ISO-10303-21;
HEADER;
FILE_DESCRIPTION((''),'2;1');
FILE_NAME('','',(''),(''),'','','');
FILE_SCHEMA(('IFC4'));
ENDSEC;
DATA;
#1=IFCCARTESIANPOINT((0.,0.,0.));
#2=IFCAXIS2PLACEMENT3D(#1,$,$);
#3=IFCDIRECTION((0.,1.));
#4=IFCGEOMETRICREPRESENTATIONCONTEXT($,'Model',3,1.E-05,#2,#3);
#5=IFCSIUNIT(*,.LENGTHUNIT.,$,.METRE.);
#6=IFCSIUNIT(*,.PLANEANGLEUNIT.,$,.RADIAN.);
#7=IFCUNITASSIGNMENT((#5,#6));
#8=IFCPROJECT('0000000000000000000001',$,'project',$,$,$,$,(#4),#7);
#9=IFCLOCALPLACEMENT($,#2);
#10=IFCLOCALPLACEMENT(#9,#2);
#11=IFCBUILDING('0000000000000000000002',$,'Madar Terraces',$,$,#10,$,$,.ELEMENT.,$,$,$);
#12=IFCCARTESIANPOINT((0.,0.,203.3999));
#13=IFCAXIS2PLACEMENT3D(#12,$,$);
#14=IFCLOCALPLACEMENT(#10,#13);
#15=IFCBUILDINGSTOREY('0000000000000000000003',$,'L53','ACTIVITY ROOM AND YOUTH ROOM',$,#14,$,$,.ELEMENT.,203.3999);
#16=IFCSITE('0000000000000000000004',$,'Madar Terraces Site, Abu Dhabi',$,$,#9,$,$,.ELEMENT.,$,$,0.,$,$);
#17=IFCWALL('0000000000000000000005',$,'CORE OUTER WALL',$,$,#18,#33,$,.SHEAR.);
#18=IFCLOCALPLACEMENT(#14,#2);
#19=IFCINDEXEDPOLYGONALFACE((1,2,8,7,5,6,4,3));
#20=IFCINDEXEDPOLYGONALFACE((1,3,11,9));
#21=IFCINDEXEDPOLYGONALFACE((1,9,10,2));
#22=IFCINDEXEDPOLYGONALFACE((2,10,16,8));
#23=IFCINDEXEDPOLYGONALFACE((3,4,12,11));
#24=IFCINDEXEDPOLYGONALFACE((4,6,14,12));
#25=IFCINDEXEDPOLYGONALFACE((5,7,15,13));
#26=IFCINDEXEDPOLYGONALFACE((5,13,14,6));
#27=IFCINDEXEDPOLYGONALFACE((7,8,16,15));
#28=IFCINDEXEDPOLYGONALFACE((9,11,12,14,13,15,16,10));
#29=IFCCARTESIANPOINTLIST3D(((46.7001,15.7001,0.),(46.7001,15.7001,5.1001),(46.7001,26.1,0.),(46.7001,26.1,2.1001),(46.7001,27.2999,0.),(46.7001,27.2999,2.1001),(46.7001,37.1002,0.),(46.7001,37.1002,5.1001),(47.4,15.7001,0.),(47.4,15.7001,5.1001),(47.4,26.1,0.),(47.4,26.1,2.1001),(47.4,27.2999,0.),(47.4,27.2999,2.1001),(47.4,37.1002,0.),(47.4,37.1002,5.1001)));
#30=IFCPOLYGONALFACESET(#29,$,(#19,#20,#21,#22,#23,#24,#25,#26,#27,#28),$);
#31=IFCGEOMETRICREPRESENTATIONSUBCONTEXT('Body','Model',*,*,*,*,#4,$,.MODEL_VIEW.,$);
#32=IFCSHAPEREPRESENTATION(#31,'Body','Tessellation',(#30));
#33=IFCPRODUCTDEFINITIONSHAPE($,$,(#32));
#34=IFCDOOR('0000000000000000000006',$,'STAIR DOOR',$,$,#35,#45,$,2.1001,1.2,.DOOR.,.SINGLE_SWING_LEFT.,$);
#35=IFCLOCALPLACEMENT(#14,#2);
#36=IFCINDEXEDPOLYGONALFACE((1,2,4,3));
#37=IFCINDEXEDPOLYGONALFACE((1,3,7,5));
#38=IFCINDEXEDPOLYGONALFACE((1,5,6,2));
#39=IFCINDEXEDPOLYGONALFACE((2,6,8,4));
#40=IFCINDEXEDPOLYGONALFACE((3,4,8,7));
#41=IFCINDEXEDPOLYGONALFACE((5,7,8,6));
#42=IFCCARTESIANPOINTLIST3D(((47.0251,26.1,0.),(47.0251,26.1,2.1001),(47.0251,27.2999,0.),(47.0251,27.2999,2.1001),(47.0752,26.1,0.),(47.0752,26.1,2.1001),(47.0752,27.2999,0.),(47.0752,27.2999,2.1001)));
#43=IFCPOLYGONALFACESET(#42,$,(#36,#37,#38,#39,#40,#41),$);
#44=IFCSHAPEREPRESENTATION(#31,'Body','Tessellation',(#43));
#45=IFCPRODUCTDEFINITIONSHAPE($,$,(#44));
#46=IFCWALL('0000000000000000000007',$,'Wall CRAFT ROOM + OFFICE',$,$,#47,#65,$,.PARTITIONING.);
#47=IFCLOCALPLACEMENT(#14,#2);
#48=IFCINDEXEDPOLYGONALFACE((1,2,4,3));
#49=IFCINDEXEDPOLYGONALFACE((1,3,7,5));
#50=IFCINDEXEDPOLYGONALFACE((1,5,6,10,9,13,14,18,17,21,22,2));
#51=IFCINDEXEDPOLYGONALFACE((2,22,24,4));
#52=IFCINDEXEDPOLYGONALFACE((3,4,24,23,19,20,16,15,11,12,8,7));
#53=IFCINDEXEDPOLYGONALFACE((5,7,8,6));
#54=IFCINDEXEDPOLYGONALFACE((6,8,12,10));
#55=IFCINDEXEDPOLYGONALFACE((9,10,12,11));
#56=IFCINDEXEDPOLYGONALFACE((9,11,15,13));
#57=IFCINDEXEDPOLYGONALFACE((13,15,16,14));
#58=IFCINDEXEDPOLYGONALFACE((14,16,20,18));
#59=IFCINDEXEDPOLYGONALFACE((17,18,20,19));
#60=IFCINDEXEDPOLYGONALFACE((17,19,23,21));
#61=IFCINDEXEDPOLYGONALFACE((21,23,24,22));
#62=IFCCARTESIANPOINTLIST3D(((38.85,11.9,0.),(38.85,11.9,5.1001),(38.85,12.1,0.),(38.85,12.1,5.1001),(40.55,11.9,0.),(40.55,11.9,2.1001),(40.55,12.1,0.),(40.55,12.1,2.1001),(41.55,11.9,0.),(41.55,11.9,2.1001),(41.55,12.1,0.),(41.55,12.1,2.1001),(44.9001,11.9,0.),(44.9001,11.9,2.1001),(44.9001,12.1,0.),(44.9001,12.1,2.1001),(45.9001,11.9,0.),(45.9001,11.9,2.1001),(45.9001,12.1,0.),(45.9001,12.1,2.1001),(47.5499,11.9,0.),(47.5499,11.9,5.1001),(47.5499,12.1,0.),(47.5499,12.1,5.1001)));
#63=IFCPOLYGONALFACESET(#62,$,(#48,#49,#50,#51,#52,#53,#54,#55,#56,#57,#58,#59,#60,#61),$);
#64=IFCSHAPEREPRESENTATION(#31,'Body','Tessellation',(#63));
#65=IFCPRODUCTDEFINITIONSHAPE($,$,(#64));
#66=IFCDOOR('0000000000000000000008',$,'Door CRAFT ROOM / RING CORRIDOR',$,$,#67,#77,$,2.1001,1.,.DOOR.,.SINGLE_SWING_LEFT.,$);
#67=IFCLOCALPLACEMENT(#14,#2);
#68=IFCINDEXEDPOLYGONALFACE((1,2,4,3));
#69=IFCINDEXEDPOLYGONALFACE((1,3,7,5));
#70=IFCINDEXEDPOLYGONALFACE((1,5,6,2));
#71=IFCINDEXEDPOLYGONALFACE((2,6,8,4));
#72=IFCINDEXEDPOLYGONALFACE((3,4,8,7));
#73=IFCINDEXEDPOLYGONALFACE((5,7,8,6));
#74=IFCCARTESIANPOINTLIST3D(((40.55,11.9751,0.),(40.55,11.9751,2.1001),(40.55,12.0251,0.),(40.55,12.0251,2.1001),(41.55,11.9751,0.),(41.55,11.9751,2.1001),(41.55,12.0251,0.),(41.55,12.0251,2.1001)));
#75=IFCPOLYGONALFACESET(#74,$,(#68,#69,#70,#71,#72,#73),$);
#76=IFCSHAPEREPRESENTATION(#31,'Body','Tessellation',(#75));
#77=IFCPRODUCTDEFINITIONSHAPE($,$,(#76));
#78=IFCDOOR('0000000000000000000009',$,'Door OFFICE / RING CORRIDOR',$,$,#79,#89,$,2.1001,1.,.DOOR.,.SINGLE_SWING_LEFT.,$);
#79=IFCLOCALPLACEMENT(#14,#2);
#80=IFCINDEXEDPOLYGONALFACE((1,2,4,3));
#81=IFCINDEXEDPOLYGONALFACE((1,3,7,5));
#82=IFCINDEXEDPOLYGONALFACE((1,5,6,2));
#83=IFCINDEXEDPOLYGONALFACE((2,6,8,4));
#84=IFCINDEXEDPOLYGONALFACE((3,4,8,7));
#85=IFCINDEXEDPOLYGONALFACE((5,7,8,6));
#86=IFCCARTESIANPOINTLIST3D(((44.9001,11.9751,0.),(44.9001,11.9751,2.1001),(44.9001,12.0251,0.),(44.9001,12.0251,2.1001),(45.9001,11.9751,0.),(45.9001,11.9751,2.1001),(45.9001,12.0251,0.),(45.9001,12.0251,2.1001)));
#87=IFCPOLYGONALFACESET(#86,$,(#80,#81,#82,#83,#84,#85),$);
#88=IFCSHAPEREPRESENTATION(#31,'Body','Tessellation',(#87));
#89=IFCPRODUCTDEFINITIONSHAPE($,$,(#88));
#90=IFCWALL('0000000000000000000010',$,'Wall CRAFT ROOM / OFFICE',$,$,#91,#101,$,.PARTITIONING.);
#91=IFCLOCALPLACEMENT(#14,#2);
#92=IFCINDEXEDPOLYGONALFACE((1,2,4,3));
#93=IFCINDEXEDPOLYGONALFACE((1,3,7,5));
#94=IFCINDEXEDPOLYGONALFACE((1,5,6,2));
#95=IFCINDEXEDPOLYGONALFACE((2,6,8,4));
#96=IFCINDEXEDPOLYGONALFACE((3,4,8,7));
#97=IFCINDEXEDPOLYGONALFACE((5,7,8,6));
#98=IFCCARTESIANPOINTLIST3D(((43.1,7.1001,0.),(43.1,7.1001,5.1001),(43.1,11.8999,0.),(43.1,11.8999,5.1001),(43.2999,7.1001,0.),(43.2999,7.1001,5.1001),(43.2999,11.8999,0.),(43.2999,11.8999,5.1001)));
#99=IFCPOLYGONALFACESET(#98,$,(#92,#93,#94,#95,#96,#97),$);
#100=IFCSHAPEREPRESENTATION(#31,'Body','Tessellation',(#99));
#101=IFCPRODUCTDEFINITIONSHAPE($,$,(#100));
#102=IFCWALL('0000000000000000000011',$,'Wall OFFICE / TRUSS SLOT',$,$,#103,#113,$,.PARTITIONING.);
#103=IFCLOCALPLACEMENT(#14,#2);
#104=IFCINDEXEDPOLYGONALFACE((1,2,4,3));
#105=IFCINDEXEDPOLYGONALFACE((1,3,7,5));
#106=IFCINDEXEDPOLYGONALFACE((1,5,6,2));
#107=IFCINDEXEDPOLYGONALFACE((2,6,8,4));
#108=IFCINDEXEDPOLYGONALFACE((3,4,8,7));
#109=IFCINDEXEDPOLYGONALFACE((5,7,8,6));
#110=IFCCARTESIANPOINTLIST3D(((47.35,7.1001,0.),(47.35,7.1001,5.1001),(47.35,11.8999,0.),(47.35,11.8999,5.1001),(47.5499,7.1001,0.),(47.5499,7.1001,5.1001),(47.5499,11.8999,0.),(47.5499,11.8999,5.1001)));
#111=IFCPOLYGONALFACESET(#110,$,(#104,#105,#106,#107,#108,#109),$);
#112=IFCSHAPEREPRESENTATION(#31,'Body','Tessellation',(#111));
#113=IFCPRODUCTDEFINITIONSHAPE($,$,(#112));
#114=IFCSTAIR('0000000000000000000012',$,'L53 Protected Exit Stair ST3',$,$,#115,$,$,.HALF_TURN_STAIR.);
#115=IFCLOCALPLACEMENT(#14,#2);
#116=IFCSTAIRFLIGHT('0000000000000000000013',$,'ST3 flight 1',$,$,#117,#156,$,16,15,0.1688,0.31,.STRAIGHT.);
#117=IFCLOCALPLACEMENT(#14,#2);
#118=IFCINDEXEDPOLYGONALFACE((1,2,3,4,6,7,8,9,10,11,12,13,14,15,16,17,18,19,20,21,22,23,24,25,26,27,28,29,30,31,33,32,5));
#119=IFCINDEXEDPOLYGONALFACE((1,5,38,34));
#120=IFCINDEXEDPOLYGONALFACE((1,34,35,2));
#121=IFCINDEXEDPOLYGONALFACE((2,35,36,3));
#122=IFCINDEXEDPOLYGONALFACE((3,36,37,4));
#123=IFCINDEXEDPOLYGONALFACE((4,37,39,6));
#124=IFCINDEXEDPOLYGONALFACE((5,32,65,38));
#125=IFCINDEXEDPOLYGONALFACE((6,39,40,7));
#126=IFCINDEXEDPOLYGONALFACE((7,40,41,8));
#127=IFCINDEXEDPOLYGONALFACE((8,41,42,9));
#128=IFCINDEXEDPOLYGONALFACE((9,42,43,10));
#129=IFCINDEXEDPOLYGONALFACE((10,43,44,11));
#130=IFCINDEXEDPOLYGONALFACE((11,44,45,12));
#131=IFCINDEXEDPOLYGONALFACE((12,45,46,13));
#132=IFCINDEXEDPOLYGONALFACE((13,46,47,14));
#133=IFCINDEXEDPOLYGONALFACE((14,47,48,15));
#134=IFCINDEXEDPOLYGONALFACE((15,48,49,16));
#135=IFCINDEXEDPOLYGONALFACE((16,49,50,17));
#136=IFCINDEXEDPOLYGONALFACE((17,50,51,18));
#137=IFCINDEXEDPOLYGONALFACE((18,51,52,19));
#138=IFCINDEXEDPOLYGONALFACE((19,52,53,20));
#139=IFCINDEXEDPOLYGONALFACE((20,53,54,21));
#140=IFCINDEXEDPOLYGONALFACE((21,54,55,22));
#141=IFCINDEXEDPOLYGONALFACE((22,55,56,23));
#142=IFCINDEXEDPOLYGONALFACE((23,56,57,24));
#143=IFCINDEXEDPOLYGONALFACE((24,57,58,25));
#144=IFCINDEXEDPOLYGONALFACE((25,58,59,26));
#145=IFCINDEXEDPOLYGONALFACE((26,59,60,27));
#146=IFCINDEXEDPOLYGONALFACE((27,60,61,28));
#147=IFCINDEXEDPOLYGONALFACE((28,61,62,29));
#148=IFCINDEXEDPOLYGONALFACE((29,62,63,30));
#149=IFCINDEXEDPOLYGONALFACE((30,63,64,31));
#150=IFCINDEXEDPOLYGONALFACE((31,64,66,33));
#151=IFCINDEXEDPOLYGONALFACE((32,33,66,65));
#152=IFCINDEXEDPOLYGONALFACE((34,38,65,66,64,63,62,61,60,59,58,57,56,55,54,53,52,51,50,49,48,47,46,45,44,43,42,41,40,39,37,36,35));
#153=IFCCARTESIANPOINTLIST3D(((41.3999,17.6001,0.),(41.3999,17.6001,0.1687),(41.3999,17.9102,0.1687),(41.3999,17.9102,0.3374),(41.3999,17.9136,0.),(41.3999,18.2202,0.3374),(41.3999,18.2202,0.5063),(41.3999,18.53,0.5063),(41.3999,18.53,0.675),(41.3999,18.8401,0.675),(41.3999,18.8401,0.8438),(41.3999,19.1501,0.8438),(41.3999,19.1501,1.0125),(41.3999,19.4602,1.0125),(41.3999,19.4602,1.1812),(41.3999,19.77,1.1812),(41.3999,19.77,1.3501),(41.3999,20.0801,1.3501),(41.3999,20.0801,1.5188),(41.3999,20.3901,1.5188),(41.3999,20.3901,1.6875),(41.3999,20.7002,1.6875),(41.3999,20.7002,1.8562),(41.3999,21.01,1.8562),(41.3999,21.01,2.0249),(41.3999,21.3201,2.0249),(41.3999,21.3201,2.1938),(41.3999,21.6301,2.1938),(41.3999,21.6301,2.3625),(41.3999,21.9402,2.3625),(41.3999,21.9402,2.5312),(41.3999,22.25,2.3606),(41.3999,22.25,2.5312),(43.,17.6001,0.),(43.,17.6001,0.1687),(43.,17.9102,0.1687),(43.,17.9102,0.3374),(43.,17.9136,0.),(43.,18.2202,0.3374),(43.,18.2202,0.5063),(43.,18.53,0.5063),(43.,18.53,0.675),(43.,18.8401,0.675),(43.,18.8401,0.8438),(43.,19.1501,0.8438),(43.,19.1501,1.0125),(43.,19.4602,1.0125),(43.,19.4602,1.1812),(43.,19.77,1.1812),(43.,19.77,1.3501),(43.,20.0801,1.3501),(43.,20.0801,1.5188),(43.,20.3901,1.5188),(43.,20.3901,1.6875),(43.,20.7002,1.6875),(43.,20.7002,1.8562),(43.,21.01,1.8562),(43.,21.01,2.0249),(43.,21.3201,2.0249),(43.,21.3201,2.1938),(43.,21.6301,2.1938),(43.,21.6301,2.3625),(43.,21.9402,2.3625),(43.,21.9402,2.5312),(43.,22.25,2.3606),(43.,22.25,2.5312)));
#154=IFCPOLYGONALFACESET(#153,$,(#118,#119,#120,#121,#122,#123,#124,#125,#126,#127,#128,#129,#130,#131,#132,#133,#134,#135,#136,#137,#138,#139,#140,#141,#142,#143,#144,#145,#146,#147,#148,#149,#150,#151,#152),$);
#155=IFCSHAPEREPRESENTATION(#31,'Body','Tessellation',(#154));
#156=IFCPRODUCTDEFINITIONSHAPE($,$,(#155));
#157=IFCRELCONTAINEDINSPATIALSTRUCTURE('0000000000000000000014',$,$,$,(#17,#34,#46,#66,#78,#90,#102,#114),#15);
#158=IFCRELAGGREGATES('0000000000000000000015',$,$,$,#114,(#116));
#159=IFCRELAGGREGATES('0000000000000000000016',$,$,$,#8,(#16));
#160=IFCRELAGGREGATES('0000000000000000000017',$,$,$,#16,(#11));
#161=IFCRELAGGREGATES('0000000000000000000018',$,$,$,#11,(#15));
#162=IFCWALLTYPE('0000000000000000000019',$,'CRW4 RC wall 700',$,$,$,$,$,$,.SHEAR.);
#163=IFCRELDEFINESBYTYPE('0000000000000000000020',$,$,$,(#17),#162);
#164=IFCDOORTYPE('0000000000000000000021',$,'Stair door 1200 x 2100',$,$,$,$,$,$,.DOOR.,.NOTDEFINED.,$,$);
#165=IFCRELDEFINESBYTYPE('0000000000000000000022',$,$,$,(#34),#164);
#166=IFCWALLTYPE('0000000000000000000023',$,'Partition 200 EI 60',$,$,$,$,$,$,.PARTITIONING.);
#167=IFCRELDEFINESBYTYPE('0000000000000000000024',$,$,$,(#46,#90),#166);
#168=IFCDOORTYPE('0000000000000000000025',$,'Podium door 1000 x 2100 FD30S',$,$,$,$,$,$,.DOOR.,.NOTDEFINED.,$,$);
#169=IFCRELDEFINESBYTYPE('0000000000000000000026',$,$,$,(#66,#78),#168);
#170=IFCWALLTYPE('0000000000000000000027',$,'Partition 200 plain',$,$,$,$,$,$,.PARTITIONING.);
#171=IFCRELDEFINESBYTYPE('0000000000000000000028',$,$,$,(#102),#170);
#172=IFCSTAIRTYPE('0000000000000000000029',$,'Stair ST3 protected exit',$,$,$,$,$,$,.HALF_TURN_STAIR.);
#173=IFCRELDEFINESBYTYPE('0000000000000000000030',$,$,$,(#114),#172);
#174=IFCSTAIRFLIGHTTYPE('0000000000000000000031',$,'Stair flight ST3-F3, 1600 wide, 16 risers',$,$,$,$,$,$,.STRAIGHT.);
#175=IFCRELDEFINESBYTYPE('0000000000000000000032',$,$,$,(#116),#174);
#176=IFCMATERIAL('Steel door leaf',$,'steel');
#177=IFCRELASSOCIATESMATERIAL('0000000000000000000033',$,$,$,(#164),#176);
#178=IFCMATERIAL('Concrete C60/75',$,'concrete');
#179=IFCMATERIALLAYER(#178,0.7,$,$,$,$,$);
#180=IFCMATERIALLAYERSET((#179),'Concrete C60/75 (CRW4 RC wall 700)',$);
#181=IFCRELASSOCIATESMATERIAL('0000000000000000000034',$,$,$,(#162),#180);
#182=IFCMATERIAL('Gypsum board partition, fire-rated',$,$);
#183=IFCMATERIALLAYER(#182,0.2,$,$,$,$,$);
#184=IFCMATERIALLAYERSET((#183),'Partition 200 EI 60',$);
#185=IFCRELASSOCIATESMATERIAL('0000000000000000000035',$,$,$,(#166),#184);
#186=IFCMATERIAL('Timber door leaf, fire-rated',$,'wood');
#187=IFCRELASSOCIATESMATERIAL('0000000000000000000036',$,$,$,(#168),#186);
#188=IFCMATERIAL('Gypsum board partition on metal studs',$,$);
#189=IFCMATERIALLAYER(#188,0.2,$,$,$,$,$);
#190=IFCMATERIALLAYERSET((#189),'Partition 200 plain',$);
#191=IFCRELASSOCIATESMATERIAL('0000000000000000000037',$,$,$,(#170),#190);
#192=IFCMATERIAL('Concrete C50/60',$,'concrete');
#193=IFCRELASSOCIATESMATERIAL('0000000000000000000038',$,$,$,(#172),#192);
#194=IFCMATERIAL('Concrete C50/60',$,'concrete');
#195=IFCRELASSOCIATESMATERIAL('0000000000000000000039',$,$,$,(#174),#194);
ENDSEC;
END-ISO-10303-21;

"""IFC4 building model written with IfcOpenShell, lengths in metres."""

from ifc_helpers import new_model, si_unit, direction, frame, frame_2d, origin, place, context, subcontext, project, spatial, polyline, rectangle, outline, extrude, material, layer, layer_set, type_object, element, fill, aggregate, save


model = new_model("IFC4")

# Units and contexts
model_context = context("Model", 3, precision=1e-05, world=origin(), true_north=direction((0.0, 1.0)))
body_context = subcontext(model_context, "Body", "Model", "MODEL_VIEW")
ifc_project = project(units=[si_unit("LENGTHUNIT", "METRE"), si_unit("PLANEANGLEUNIT", "RADIAN")], contexts=[model_context])

# Site, building, storey
site_placement = place(None, origin())
site = spatial("IfcSite", under=ifc_project, at=site_placement, Name="Madar Terraces Site, Abu Dhabi", CompositionType="ELEMENT", RefElevation=0.0)
building_placement = place(site_placement, origin())
building = spatial("IfcBuilding", under=site, at=building_placement, Name="Madar Terraces", CompositionType="ELEMENT")
storey_placement = place(building_placement, frame((0.0, 0.0, 203.3999)))
storey = spatial("IfcBuildingStorey", under=building, at=storey_placement, Name="L53", Description="ACTIVITY ROOM AND YOUTH ROOM", CompositionType="ELEMENT", Elevation=203.3999)

# Wall, opening, door
ifc_material_1 = material(Name="Steel door leaf", Category="steel")
door_type_1 = type_object("IfcDoorType", Name="Stair door 1200 x 2100", OperationType="NOTDEFINED", PredefinedType="DOOR", material=ifc_material_1)
ifc_material_2 = material(Name="Concrete C60/75", Category="concrete")
ifc_layer_1 = layer(ifc_material_2, 0.7)
ifc_layer_set_1 = layer_set([ifc_layer_1], Name="Concrete C60/75 (CRW4 RC wall 700)")
wall_type_1 = type_object("IfcWallType", Name="CRW4 RC wall 700", PredefinedType="SHEAR", material=ifc_layer_set_1)
wall_1_placement = place(storey_placement, frame((47.05, 15.7, 0.0), z_axis=(0.0, 0.0, 1.0), x_axis=(0.0, 1.0, 0.0)))
wall_1 = element("IfcWall", 1, at=wall_1_placement, inside=storey, type_object=wall_type_1, Name="CORE OUTER WALL", PredefinedType="SHEAR", context=body_context, shape_type="SweptSolid", body=[
    extrude(rectangle(XDim=21.4001, YDim=0.7, at=frame_2d((10.7002, 0.0))), origin(), (0.0, 0.0, 1.0), 5.1001),
])
opening_1_placement = place(wall_1_placement, frame((10.3999, 0.0, 0.0)))
opening_1 = element("IfcOpeningElement", 2, at=opening_1_placement, cuts=wall_1, PredefinedType="OPENING", context=body_context, shape_type="SweptSolid", body=[
    extrude(rectangle(XDim=1.2, YDim=2.1001, at=frame_2d((0.6001, 1.05))), frame((0.0, 0.3599, 0.0), z_axis=(0.0, -1.0, 0.0), x_axis=(1.0, 0.0, 0.0)), (0.0, 0.0, 1.0), 0.72),
])
door_1_placement = place(opening_1_placement, origin())
door_1 = element("IfcDoor", 3, at=door_1_placement, inside=storey, type_object=door_type_1, Name="STAIR DOOR", OperationType="SINGLE_SWING_LEFT", OverallHeight=2.1001, OverallWidth=1.2, PredefinedType="DOOR", context=body_context, shape_type="SweptSolid", body=[
    extrude(rectangle(XDim=1.2, YDim=2.1001, at=frame_2d((0.6001, 1.05))), frame((0.0, 0.0249, 0.0), z_axis=(0.0, -1.0, 0.0), x_axis=(1.0, 0.0, 0.0)), (0.0, 0.0, 1.0), 0.05),
])
fill(opening_1, door_1)

# Wall, openings, doors
ifc_material_3 = material(Name="Gypsum board partition, fire-rated")
ifc_layer_2 = layer(ifc_material_3, 0.2)
ifc_layer_set_2 = layer_set([ifc_layer_2], Name="Partition 200 EI 60")
wall_type_2 = type_object("IfcWallType", Name="Partition 200 EI 60", PredefinedType="PARTITIONING", material=ifc_layer_set_2)
wall_2_placement = place(storey_placement, frame((47.55, 12.0, 0.0), z_axis=(0.0, 0.0, 1.0), x_axis=(-1.0, 0.0, 0.0)))
wall_2 = element("IfcWall", 4, at=wall_2_placement, inside=storey, type_object=wall_type_2, Name="Wall CRAFT ROOM + OFFICE", PredefinedType="PARTITIONING", context=body_context, shape_type="SweptSolid", body=[
    extrude(rectangle(XDim=8.7, YDim=0.2, at=frame_2d((4.3501, 0.0))), origin(), (0.0, 0.0, 1.0), 5.1001),
])
opening_2_placement = place(wall_2_placement, frame((6.0, 0.0, 0.0)))
opening_2 = element("IfcOpeningElement", 5, at=opening_2_placement, cuts=wall_2, PredefinedType="OPENING", context=body_context, shape_type="SweptSolid", body=[
    extrude(rectangle(XDim=1.0, YDim=2.1001, at=frame_2d((0.5, 1.05))), frame((0.0, 0.1099, 0.0), z_axis=(0.0, -1.0, 0.0), x_axis=(1.0, 0.0, 0.0)), (0.0, 0.0, 1.0), 0.22),
])
opening_3_placement = place(wall_2_placement, frame((1.6499, 0.0, 0.0)))
opening_3 = element("IfcOpeningElement", 6, at=opening_3_placement, cuts=wall_2, PredefinedType="OPENING", context=body_context, shape_type="SweptSolid", body=[
    extrude(rectangle(XDim=1.0, YDim=2.1001, at=frame_2d((0.5, 1.05))), frame((0.0, 0.1099, 0.0), z_axis=(0.0, -1.0, 0.0), x_axis=(1.0, 0.0, 0.0)), (0.0, 0.0, 1.0), 0.22),
])
ifc_material_4 = material(Name="Timber door leaf, fire-rated", Category="wood")
door_type_2 = type_object("IfcDoorType", Name="Podium door 1000 x 2100 FD30S", OperationType="NOTDEFINED", PredefinedType="DOOR", material=ifc_material_4)
door_2_placement = place(opening_2_placement, origin())
door_2 = element("IfcDoor", 7, at=door_2_placement, inside=storey, type_object=door_type_2, Name="Door CRAFT ROOM / RING CORRIDOR", OperationType="SINGLE_SWING_LEFT", OverallHeight=2.1001, OverallWidth=1.0, PredefinedType="DOOR", context=body_context, shape_type="SweptSolid", body=[
    extrude(rectangle(XDim=1.0, YDim=2.1001, at=frame_2d((0.5, 1.05))), frame((0.0, 0.0249, 0.0), z_axis=(0.0, -1.0, 0.0), x_axis=(1.0, 0.0, 0.0)), (0.0, 0.0, 1.0), 0.05),
])
fill(opening_2, door_2)
door_3_placement = place(opening_3_placement, origin())
door_3 = element("IfcDoor", 8, at=door_3_placement, inside=storey, type_object=door_type_2, Name="Door OFFICE / RING CORRIDOR", OperationType="SINGLE_SWING_LEFT", OverallHeight=2.1001, OverallWidth=1.0, PredefinedType="DOOR", context=body_context, shape_type="SweptSolid", body=[
    extrude(rectangle(XDim=1.0, YDim=2.1001, at=frame_2d((0.5, 1.05))), frame((0.0, 0.0249, 0.0), z_axis=(0.0, -1.0, 0.0), x_axis=(1.0, 0.0, 0.0)), (0.0, 0.0, 1.0), 0.05),
])
fill(opening_3, door_3)

# Walls
wall_3_placement = place(storey_placement, frame((43.2, 7.1001, 0.0), z_axis=(0.0, 0.0, 1.0), x_axis=(0.0, 1.0, 0.0)))
element("IfcWall", 9, at=wall_3_placement, inside=storey, type_object=wall_type_2, Name="Wall CRAFT ROOM / OFFICE", PredefinedType="PARTITIONING", context=body_context, shape_type="SweptSolid", body=[
    extrude(rectangle(XDim=4.7998, YDim=0.2, at=frame_2d((2.3999, 0.0))), origin(), (0.0, 0.0, 1.0), 5.1001),
])
ifc_material_5 = material(Name="Gypsum board partition on metal studs")
ifc_layer_3 = layer(ifc_material_5, 0.2)
ifc_layer_set_3 = layer_set([ifc_layer_3], Name="Partition 200 plain")
wall_type_3 = type_object("IfcWallType", Name="Partition 200 plain", PredefinedType="PARTITIONING", material=ifc_layer_set_3)
wall_4_placement = place(storey_placement, frame((47.45, 7.1001, 0.0), z_axis=(0.0, 0.0, 1.0), x_axis=(0.0, 1.0, 0.0)))
element("IfcWall", 10, at=wall_4_placement, inside=storey, type_object=wall_type_3, Name="Wall OFFICE / TRUSS SLOT", PredefinedType="PARTITIONING", context=body_context, shape_type="SweptSolid", body=[
    extrude(rectangle(XDim=4.7998, YDim=0.2, at=frame_2d((2.3999, 0.0))), origin(), (0.0, 0.0, 1.0), 5.1001),
])

# Stair, stair flight
ifc_material_6 = material(Name="Concrete C50/60", Category="concrete")
stair_type = type_object("IfcStairType", Name="Stair ST3 protected exit", PredefinedType="HALF_TURN_STAIR", material=ifc_material_6)
stair_placement = place(storey_placement, origin())
stair = element("IfcStair", 11, at=stair_placement, inside=storey, type_object=stair_type, Name="L53 Protected Exit Stair ST3", PredefinedType="HALF_TURN_STAIR")
ifc_material_7 = material(Name="Concrete C50/60", Category="concrete")
stair_flight_type = type_object("IfcStairFlightType", Name="Stair flight ST3-F3, 1600 wide, 16 risers", PredefinedType="STRAIGHT", material=ifc_material_7)
stair_flight_1_placement = place(storey_placement, frame((42.2, 17.6001, 0.0), z_axis=(0.0, 0.0, 1.0), x_axis=(0.0, 1.0, 0.0)))
stair_flight_1 = element("IfcStairFlight", 12, at=stair_flight_1_placement, type_object=stair_flight_type, Name="ST3 flight 1", NumberOfRisers=16, NumberOfTreads=15, PredefinedType="STRAIGHT", RiserHeight=0.1688, TreadLength=0.31, context=body_context, shape_type="SweptSolid", body=[
    extrude(outline(polyline([(0.0, 0.0), (0.0, 0.1687), (0.3101, 0.1687), (0.3101, 0.3374), (0.6201, 0.3374), (0.6201, 0.5063), (0.9299, 0.5063), (0.9299, 0.675), (1.24, 0.675), (1.24, 0.8438), (1.55, 0.8438), (1.55, 1.0125), (1.8601, 1.0125), (1.8601, 1.1812), (2.1699, 1.1812), (2.1699, 1.3501), (2.48, 1.3501), (2.48, 1.5188), (2.79, 1.5188), (2.79, 1.6875), (3.1001, 1.6875), (3.1001, 1.8562), (3.4099, 1.8562), (3.4099, 2.0249), (3.72, 2.0249), (3.72, 2.1938), (4.03, 2.1938), (4.03, 2.3625), (4.3401, 2.3625), (4.3401, 2.5312), (4.6499, 2.5312), (4.6499, 2.7), (4.6499, 2.3606), (0.3135, 0.0), (0.0, 0.0)])), frame((0.0, 0.8, 0.0), z_axis=(0.0, -1.0, 0.0), x_axis=(1.0, 0.0, 0.0)), (0.0, 0.0, 1.0), 1.6001),
])
aggregate(stair, [stair_flight_1])

save(model, "model.ifc")
